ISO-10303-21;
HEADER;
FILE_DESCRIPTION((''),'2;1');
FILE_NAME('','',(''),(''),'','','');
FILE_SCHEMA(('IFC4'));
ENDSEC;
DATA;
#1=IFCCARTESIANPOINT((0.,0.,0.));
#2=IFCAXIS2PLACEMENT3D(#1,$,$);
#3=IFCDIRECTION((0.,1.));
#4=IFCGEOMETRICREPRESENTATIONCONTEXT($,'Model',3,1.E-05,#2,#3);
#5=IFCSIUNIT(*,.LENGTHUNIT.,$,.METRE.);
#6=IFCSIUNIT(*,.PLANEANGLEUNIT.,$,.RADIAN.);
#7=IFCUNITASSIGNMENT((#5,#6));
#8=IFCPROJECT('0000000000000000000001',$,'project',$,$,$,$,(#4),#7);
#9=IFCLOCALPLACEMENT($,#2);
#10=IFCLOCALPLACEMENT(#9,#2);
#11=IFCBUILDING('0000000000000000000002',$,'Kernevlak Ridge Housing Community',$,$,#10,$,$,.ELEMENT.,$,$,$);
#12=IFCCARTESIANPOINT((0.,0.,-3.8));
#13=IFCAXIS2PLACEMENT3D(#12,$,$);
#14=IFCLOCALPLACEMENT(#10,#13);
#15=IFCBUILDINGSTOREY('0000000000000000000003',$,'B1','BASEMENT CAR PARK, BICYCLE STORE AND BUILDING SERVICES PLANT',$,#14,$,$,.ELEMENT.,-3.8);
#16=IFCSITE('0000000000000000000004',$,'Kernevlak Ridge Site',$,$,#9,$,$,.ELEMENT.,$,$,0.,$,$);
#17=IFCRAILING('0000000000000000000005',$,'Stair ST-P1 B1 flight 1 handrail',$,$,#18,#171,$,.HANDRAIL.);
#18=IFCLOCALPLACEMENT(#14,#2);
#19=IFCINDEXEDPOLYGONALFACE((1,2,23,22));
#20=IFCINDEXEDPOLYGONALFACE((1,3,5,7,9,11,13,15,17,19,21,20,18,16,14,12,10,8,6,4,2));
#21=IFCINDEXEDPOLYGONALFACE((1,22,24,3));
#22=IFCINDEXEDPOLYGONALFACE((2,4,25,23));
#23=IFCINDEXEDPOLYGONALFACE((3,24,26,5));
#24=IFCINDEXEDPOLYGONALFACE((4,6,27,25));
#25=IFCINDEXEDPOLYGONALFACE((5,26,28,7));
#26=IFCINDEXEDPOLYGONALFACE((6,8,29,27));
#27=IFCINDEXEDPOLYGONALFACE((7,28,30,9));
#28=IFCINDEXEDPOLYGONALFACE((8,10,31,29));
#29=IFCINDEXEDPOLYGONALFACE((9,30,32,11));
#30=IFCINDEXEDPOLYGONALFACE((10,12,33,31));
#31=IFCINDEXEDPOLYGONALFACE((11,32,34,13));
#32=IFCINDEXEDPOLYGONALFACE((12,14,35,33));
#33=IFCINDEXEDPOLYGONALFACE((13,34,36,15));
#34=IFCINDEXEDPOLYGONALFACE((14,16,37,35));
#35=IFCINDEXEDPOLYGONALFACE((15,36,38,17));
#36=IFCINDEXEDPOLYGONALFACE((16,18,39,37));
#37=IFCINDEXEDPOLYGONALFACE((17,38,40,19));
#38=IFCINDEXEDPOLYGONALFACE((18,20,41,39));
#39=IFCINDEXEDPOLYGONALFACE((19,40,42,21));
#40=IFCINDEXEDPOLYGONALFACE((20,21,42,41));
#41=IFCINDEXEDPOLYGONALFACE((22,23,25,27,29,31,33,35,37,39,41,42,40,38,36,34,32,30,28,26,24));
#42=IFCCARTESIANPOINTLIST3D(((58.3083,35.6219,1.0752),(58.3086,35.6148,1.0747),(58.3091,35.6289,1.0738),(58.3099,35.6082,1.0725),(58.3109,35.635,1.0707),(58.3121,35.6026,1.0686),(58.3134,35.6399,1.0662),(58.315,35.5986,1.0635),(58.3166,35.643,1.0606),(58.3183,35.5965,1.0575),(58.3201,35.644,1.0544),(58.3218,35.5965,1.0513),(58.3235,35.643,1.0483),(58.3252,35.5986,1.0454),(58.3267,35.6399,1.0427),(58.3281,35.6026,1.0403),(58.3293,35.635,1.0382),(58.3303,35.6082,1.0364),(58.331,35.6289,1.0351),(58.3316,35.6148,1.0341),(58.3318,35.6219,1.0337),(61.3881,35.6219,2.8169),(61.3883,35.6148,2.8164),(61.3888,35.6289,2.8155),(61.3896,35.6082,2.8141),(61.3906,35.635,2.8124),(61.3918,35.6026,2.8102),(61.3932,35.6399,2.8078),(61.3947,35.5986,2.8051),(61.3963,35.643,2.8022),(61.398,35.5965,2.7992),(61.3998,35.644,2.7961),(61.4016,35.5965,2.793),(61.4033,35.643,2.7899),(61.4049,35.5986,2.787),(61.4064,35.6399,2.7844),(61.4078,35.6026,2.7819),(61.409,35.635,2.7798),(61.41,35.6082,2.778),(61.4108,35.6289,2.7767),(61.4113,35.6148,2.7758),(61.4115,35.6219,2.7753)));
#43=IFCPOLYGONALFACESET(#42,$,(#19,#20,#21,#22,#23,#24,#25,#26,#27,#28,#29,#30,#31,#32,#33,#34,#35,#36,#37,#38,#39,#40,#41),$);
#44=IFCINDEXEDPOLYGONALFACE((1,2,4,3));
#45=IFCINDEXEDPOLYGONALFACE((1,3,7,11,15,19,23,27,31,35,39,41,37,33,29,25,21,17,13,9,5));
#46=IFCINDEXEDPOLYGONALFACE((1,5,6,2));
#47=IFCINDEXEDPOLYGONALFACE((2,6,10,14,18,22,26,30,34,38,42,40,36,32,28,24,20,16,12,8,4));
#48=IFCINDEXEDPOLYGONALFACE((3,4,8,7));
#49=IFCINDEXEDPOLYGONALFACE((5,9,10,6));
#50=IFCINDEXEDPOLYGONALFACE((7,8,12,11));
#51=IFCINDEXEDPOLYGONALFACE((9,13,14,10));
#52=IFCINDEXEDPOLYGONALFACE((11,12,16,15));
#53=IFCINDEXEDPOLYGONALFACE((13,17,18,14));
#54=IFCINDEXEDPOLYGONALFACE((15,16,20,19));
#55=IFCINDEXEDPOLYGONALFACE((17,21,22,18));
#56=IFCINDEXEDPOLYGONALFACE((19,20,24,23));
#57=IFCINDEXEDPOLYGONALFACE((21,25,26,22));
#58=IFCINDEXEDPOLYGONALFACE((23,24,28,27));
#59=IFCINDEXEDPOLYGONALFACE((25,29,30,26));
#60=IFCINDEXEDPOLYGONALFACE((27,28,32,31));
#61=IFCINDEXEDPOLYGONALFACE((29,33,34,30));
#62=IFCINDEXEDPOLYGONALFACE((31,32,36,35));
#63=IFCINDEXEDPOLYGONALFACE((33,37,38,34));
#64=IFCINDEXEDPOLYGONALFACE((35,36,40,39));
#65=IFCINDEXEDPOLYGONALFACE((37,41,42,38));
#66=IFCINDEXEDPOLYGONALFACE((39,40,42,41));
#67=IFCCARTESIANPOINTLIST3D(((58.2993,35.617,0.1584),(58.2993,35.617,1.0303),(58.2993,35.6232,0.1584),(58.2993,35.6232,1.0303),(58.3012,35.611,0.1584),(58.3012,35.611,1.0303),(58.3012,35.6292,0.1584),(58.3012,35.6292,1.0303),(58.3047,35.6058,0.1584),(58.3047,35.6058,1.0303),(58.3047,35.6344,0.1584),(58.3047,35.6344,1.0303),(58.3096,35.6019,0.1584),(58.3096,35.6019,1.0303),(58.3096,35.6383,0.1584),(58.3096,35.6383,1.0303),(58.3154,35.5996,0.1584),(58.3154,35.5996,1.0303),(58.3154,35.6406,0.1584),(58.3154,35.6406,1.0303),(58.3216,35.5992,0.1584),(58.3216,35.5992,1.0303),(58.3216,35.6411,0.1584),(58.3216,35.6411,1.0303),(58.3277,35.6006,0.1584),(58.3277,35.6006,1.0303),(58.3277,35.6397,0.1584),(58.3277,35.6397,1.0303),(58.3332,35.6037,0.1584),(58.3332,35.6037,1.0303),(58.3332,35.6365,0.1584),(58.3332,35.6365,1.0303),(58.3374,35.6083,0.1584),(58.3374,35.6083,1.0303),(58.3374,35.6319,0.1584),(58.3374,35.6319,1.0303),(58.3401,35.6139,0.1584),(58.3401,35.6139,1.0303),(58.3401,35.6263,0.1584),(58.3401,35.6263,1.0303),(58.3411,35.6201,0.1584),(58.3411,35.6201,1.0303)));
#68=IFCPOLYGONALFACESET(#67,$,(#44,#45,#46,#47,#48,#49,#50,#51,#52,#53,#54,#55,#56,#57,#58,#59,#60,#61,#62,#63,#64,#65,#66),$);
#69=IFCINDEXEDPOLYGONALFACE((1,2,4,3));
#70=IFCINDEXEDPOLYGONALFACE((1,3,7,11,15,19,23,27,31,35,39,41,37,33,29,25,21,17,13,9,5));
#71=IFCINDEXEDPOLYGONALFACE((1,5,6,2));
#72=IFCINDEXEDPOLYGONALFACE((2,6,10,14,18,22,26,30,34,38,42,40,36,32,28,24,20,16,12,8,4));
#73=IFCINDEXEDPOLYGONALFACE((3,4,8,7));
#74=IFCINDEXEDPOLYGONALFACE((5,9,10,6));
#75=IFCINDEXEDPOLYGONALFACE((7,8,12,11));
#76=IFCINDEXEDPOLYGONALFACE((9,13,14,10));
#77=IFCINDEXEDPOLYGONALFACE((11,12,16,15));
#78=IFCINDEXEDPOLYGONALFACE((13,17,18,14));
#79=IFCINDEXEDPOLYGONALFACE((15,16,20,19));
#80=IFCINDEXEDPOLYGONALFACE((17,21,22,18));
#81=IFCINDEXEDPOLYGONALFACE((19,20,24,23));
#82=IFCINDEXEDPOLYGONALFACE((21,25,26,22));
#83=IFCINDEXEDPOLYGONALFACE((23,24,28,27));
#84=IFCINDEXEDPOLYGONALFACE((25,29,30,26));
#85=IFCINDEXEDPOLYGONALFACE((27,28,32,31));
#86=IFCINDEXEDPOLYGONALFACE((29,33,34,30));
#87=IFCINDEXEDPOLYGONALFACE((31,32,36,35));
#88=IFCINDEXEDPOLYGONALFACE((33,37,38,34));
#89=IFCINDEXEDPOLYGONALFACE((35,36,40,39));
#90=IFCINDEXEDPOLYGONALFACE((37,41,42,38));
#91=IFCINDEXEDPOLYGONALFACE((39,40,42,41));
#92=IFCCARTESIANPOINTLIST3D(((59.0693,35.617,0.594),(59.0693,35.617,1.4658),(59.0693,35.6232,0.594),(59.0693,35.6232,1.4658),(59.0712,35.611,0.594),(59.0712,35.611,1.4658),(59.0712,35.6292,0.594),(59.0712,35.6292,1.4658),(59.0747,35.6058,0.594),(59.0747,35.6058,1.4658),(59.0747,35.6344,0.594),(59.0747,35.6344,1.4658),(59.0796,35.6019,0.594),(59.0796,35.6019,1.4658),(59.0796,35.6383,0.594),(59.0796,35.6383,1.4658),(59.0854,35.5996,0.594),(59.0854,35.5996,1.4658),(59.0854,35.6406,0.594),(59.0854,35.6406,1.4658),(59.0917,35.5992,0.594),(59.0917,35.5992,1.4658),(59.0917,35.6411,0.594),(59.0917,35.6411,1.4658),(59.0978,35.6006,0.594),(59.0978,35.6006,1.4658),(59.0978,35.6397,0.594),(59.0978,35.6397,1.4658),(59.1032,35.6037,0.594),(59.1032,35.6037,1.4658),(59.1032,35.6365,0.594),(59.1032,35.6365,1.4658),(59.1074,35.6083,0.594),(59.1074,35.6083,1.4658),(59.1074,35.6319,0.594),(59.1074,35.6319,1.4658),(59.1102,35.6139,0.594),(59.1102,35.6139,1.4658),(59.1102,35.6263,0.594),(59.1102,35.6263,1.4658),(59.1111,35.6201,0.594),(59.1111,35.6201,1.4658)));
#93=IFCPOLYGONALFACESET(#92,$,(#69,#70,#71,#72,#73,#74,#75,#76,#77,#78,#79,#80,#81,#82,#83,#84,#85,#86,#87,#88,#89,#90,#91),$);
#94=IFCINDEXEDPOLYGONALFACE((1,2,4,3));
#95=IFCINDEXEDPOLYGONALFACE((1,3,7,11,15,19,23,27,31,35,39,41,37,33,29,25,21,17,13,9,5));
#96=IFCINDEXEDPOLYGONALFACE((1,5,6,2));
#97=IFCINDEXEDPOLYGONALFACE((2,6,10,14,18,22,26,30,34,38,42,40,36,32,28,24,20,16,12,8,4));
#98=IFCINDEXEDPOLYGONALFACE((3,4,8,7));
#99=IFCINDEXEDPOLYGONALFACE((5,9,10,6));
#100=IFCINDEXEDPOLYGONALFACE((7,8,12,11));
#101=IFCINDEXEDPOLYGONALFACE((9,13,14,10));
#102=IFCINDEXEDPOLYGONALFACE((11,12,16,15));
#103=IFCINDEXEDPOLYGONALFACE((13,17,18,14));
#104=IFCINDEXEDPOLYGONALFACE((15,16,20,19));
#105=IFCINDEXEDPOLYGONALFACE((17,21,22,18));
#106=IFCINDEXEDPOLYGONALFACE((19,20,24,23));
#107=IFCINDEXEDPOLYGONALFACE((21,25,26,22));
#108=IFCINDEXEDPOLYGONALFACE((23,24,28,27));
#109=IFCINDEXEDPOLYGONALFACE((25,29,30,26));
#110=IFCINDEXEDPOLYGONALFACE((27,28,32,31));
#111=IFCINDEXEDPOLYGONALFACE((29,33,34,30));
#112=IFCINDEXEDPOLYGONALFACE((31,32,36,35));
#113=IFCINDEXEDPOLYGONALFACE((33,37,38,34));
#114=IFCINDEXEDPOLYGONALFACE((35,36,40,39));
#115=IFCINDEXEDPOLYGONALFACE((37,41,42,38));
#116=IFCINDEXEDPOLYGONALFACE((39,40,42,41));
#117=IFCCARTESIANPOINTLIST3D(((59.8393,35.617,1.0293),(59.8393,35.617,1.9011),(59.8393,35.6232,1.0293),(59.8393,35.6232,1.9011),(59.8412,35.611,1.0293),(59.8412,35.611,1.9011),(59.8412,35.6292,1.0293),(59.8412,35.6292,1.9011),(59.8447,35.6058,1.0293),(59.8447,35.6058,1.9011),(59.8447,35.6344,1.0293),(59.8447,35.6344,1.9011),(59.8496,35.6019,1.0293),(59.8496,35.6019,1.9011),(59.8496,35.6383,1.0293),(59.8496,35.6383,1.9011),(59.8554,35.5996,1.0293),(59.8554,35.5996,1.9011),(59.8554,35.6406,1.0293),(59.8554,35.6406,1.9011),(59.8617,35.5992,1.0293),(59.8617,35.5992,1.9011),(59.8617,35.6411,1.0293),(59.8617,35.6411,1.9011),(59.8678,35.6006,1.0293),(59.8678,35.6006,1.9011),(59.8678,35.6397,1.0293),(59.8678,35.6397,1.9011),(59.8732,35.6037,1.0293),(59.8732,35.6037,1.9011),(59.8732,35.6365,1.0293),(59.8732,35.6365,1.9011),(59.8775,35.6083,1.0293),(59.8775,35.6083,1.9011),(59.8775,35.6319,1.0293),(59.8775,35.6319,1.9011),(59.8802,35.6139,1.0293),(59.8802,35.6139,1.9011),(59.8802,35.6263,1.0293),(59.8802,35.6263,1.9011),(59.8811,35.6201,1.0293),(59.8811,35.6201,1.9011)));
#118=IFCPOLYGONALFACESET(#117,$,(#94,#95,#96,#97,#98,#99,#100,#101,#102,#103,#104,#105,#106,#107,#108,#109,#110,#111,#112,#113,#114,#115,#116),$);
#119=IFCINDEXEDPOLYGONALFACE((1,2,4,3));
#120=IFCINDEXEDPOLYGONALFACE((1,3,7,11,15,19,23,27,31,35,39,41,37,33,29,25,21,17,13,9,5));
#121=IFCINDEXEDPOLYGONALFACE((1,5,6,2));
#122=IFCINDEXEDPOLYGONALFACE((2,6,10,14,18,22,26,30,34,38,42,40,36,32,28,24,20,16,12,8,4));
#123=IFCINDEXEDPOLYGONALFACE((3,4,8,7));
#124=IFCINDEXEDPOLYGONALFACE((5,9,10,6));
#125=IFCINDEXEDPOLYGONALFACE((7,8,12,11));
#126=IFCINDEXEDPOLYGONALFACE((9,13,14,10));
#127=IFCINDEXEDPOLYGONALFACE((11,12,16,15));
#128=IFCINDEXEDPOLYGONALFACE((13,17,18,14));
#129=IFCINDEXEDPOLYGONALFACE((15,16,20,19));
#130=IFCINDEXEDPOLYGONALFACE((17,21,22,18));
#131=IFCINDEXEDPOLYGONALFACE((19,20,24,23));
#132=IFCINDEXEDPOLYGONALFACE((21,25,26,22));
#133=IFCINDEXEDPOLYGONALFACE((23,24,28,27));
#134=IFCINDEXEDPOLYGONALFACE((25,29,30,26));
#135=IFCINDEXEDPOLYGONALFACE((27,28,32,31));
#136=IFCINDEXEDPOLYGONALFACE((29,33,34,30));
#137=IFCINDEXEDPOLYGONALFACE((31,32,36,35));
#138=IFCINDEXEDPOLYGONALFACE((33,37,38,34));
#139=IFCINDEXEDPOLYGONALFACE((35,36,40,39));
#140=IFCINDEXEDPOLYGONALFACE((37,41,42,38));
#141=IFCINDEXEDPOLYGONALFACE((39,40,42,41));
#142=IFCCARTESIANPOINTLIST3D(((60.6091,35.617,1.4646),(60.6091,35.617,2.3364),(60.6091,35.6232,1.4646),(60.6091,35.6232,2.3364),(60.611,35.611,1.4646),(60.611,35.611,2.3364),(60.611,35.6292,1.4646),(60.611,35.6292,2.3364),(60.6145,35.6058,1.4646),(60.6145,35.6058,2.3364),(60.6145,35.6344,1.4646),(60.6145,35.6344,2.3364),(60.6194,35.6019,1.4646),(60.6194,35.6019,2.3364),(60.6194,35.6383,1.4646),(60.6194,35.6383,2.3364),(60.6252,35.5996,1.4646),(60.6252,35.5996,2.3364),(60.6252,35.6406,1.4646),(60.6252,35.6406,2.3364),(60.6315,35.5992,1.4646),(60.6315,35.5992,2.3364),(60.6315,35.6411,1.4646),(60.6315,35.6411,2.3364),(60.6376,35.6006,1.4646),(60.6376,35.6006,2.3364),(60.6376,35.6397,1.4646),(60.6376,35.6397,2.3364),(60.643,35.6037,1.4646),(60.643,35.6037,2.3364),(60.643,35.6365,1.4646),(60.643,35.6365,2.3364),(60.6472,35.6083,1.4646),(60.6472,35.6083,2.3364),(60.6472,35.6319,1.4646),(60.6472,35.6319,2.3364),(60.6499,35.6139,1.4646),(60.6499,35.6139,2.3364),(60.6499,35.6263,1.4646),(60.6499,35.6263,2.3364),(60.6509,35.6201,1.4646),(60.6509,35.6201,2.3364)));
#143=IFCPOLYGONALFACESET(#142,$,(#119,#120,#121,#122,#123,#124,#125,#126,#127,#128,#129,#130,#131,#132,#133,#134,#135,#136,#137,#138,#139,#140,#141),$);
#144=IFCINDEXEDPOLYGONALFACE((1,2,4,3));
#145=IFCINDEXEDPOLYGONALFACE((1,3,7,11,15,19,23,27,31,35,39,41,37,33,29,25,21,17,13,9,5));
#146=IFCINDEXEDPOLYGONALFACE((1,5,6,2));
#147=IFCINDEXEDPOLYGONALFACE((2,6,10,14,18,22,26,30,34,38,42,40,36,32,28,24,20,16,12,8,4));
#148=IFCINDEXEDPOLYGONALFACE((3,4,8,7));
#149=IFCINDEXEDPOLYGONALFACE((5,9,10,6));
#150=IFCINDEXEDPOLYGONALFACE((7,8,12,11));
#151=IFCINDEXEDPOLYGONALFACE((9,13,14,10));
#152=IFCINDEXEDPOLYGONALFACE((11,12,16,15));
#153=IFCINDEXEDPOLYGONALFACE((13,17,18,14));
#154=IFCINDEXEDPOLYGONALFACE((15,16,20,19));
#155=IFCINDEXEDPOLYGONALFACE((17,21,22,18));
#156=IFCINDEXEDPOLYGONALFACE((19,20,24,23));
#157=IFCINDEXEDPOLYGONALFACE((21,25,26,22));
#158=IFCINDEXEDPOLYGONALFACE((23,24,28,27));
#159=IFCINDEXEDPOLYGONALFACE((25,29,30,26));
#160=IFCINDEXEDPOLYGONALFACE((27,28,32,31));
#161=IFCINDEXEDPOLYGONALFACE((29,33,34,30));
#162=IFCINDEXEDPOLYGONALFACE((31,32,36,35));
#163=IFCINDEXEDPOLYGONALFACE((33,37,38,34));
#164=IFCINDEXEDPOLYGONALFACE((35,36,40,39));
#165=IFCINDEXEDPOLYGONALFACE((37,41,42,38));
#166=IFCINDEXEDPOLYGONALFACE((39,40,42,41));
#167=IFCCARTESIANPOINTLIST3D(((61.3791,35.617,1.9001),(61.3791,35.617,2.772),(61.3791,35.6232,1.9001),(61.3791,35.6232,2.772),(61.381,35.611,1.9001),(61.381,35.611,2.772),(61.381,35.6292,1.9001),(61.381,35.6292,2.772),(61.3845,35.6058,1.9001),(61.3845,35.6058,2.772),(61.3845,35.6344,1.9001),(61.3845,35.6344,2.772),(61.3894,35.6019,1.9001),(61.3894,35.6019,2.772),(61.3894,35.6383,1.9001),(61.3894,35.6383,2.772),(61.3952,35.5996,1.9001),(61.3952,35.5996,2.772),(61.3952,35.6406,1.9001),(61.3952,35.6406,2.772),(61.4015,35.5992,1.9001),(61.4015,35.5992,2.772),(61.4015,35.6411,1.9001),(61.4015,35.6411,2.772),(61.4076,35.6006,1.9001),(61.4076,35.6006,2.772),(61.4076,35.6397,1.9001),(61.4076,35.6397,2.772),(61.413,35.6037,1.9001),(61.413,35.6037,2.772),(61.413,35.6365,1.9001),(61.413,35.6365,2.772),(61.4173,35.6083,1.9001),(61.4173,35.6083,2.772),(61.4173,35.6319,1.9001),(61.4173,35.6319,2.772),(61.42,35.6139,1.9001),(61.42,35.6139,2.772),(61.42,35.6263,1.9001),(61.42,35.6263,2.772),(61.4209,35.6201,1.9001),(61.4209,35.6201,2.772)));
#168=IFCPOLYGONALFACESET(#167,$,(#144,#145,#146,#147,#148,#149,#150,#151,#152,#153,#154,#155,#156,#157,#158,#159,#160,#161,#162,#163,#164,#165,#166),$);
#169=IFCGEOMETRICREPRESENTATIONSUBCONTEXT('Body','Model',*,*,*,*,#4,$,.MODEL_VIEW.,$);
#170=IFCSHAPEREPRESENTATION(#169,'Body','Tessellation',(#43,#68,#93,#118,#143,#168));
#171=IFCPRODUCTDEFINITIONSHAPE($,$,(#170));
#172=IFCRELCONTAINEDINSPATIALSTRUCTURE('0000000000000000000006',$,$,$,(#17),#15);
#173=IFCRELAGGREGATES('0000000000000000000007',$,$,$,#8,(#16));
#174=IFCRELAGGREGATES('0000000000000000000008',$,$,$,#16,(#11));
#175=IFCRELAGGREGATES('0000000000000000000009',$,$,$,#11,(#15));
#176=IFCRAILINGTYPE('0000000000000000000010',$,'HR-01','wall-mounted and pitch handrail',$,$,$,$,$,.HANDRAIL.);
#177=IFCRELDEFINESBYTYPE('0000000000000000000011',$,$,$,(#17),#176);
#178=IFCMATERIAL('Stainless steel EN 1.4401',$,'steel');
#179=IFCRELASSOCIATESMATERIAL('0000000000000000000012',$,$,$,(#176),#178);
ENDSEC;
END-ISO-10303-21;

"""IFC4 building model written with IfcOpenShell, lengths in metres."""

from ifc_helpers import new_model, si_unit, direction, frame, origin, origin_2d, place, context, subcontext, project, spatial, circle, extrude, material, type_object, element, save


model = new_model("IFC4")

# Units and contexts
model_context = context("Model", 3, precision=1e-05, world=origin(), true_north=direction((0.0, 1.0)))
body_context = subcontext(model_context, "Body", "Model", "MODEL_VIEW")
ifc_project = project(units=[si_unit("LENGTHUNIT", "METRE"), si_unit("PLANEANGLEUNIT", "RADIAN")], contexts=[model_context])

# Site, building, storey
site_placement = place(None, origin())
site = spatial("IfcSite", under=ifc_project, at=site_placement, Name="Kernevlak Ridge Site", CompositionType="ELEMENT", RefElevation=0.0)
building_placement = place(site_placement, origin())
building = spatial("IfcBuilding", under=site, at=building_placement, Name="Kernevlak Ridge Housing Community", CompositionType="ELEMENT")
storey_placement = place(building_placement, frame((0.0, 0.0, -3.8)))
storey = spatial("IfcBuildingStorey", under=building, at=storey_placement, Name="B1", Description="BASEMENT CAR PARK, BICYCLE STORE AND BUILDING SERVICES PLANT", CompositionType="ELEMENT", Elevation=-3.8)

# Railing
ifc_material_1 = material(Name="Stainless steel EN 1.4401", Category="steel")
railing_type_1 = type_object("IfcRailingType", Name="HR-01", Description="wall-mounted and pitch handrail", PredefinedType="HANDRAIL", material=ifc_material_1)
railing_1_placement = place(storey_placement, frame((58.3201, 35.6201, 0.1584)))
element("IfcRailing", 1, at=railing_1_placement, inside=storey, type_object=railing_type_1, Name="Stair ST-P1 B1 flight 1 handrail", PredefinedType="HANDRAIL", context=body_context, shape_type="SweptSolid", body=[
    extrude(circle(Radius=0.0239, at=origin_2d()), frame((0.0, 0.0, 0.896), z_axis=(0.870451, 0.0, 0.492255), x_axis=(0.0, 1.0, 0.0)), (0.0, 0.0, 1.0), 3.5381),
    extrude(circle(Radius=0.021, at=origin_2d()), origin(), (0.0, 0.0, 1.0), 0.8718),
    extrude(circle(Radius=0.021, at=origin_2d()), frame((0.77, 0.0, 0.4355)), (0.0, 0.0, 1.0), 0.8718),
    extrude(circle(Radius=0.021, at=origin_2d()), frame((1.54, 0.0, 0.8708)), (0.0, 0.0, 1.0), 0.8718),
    extrude(circle(Radius=0.021, at=origin_2d()), frame((2.3098, 0.0, 1.3062)), (0.0, 0.0, 1.0), 0.8718),
    extrude(circle(Radius=0.021, at=origin_2d()), frame((3.0798, 0.0, 1.7417)), (0.0, 0.0, 1.0), 0.8718),
])

save(model, "model.ifc")
